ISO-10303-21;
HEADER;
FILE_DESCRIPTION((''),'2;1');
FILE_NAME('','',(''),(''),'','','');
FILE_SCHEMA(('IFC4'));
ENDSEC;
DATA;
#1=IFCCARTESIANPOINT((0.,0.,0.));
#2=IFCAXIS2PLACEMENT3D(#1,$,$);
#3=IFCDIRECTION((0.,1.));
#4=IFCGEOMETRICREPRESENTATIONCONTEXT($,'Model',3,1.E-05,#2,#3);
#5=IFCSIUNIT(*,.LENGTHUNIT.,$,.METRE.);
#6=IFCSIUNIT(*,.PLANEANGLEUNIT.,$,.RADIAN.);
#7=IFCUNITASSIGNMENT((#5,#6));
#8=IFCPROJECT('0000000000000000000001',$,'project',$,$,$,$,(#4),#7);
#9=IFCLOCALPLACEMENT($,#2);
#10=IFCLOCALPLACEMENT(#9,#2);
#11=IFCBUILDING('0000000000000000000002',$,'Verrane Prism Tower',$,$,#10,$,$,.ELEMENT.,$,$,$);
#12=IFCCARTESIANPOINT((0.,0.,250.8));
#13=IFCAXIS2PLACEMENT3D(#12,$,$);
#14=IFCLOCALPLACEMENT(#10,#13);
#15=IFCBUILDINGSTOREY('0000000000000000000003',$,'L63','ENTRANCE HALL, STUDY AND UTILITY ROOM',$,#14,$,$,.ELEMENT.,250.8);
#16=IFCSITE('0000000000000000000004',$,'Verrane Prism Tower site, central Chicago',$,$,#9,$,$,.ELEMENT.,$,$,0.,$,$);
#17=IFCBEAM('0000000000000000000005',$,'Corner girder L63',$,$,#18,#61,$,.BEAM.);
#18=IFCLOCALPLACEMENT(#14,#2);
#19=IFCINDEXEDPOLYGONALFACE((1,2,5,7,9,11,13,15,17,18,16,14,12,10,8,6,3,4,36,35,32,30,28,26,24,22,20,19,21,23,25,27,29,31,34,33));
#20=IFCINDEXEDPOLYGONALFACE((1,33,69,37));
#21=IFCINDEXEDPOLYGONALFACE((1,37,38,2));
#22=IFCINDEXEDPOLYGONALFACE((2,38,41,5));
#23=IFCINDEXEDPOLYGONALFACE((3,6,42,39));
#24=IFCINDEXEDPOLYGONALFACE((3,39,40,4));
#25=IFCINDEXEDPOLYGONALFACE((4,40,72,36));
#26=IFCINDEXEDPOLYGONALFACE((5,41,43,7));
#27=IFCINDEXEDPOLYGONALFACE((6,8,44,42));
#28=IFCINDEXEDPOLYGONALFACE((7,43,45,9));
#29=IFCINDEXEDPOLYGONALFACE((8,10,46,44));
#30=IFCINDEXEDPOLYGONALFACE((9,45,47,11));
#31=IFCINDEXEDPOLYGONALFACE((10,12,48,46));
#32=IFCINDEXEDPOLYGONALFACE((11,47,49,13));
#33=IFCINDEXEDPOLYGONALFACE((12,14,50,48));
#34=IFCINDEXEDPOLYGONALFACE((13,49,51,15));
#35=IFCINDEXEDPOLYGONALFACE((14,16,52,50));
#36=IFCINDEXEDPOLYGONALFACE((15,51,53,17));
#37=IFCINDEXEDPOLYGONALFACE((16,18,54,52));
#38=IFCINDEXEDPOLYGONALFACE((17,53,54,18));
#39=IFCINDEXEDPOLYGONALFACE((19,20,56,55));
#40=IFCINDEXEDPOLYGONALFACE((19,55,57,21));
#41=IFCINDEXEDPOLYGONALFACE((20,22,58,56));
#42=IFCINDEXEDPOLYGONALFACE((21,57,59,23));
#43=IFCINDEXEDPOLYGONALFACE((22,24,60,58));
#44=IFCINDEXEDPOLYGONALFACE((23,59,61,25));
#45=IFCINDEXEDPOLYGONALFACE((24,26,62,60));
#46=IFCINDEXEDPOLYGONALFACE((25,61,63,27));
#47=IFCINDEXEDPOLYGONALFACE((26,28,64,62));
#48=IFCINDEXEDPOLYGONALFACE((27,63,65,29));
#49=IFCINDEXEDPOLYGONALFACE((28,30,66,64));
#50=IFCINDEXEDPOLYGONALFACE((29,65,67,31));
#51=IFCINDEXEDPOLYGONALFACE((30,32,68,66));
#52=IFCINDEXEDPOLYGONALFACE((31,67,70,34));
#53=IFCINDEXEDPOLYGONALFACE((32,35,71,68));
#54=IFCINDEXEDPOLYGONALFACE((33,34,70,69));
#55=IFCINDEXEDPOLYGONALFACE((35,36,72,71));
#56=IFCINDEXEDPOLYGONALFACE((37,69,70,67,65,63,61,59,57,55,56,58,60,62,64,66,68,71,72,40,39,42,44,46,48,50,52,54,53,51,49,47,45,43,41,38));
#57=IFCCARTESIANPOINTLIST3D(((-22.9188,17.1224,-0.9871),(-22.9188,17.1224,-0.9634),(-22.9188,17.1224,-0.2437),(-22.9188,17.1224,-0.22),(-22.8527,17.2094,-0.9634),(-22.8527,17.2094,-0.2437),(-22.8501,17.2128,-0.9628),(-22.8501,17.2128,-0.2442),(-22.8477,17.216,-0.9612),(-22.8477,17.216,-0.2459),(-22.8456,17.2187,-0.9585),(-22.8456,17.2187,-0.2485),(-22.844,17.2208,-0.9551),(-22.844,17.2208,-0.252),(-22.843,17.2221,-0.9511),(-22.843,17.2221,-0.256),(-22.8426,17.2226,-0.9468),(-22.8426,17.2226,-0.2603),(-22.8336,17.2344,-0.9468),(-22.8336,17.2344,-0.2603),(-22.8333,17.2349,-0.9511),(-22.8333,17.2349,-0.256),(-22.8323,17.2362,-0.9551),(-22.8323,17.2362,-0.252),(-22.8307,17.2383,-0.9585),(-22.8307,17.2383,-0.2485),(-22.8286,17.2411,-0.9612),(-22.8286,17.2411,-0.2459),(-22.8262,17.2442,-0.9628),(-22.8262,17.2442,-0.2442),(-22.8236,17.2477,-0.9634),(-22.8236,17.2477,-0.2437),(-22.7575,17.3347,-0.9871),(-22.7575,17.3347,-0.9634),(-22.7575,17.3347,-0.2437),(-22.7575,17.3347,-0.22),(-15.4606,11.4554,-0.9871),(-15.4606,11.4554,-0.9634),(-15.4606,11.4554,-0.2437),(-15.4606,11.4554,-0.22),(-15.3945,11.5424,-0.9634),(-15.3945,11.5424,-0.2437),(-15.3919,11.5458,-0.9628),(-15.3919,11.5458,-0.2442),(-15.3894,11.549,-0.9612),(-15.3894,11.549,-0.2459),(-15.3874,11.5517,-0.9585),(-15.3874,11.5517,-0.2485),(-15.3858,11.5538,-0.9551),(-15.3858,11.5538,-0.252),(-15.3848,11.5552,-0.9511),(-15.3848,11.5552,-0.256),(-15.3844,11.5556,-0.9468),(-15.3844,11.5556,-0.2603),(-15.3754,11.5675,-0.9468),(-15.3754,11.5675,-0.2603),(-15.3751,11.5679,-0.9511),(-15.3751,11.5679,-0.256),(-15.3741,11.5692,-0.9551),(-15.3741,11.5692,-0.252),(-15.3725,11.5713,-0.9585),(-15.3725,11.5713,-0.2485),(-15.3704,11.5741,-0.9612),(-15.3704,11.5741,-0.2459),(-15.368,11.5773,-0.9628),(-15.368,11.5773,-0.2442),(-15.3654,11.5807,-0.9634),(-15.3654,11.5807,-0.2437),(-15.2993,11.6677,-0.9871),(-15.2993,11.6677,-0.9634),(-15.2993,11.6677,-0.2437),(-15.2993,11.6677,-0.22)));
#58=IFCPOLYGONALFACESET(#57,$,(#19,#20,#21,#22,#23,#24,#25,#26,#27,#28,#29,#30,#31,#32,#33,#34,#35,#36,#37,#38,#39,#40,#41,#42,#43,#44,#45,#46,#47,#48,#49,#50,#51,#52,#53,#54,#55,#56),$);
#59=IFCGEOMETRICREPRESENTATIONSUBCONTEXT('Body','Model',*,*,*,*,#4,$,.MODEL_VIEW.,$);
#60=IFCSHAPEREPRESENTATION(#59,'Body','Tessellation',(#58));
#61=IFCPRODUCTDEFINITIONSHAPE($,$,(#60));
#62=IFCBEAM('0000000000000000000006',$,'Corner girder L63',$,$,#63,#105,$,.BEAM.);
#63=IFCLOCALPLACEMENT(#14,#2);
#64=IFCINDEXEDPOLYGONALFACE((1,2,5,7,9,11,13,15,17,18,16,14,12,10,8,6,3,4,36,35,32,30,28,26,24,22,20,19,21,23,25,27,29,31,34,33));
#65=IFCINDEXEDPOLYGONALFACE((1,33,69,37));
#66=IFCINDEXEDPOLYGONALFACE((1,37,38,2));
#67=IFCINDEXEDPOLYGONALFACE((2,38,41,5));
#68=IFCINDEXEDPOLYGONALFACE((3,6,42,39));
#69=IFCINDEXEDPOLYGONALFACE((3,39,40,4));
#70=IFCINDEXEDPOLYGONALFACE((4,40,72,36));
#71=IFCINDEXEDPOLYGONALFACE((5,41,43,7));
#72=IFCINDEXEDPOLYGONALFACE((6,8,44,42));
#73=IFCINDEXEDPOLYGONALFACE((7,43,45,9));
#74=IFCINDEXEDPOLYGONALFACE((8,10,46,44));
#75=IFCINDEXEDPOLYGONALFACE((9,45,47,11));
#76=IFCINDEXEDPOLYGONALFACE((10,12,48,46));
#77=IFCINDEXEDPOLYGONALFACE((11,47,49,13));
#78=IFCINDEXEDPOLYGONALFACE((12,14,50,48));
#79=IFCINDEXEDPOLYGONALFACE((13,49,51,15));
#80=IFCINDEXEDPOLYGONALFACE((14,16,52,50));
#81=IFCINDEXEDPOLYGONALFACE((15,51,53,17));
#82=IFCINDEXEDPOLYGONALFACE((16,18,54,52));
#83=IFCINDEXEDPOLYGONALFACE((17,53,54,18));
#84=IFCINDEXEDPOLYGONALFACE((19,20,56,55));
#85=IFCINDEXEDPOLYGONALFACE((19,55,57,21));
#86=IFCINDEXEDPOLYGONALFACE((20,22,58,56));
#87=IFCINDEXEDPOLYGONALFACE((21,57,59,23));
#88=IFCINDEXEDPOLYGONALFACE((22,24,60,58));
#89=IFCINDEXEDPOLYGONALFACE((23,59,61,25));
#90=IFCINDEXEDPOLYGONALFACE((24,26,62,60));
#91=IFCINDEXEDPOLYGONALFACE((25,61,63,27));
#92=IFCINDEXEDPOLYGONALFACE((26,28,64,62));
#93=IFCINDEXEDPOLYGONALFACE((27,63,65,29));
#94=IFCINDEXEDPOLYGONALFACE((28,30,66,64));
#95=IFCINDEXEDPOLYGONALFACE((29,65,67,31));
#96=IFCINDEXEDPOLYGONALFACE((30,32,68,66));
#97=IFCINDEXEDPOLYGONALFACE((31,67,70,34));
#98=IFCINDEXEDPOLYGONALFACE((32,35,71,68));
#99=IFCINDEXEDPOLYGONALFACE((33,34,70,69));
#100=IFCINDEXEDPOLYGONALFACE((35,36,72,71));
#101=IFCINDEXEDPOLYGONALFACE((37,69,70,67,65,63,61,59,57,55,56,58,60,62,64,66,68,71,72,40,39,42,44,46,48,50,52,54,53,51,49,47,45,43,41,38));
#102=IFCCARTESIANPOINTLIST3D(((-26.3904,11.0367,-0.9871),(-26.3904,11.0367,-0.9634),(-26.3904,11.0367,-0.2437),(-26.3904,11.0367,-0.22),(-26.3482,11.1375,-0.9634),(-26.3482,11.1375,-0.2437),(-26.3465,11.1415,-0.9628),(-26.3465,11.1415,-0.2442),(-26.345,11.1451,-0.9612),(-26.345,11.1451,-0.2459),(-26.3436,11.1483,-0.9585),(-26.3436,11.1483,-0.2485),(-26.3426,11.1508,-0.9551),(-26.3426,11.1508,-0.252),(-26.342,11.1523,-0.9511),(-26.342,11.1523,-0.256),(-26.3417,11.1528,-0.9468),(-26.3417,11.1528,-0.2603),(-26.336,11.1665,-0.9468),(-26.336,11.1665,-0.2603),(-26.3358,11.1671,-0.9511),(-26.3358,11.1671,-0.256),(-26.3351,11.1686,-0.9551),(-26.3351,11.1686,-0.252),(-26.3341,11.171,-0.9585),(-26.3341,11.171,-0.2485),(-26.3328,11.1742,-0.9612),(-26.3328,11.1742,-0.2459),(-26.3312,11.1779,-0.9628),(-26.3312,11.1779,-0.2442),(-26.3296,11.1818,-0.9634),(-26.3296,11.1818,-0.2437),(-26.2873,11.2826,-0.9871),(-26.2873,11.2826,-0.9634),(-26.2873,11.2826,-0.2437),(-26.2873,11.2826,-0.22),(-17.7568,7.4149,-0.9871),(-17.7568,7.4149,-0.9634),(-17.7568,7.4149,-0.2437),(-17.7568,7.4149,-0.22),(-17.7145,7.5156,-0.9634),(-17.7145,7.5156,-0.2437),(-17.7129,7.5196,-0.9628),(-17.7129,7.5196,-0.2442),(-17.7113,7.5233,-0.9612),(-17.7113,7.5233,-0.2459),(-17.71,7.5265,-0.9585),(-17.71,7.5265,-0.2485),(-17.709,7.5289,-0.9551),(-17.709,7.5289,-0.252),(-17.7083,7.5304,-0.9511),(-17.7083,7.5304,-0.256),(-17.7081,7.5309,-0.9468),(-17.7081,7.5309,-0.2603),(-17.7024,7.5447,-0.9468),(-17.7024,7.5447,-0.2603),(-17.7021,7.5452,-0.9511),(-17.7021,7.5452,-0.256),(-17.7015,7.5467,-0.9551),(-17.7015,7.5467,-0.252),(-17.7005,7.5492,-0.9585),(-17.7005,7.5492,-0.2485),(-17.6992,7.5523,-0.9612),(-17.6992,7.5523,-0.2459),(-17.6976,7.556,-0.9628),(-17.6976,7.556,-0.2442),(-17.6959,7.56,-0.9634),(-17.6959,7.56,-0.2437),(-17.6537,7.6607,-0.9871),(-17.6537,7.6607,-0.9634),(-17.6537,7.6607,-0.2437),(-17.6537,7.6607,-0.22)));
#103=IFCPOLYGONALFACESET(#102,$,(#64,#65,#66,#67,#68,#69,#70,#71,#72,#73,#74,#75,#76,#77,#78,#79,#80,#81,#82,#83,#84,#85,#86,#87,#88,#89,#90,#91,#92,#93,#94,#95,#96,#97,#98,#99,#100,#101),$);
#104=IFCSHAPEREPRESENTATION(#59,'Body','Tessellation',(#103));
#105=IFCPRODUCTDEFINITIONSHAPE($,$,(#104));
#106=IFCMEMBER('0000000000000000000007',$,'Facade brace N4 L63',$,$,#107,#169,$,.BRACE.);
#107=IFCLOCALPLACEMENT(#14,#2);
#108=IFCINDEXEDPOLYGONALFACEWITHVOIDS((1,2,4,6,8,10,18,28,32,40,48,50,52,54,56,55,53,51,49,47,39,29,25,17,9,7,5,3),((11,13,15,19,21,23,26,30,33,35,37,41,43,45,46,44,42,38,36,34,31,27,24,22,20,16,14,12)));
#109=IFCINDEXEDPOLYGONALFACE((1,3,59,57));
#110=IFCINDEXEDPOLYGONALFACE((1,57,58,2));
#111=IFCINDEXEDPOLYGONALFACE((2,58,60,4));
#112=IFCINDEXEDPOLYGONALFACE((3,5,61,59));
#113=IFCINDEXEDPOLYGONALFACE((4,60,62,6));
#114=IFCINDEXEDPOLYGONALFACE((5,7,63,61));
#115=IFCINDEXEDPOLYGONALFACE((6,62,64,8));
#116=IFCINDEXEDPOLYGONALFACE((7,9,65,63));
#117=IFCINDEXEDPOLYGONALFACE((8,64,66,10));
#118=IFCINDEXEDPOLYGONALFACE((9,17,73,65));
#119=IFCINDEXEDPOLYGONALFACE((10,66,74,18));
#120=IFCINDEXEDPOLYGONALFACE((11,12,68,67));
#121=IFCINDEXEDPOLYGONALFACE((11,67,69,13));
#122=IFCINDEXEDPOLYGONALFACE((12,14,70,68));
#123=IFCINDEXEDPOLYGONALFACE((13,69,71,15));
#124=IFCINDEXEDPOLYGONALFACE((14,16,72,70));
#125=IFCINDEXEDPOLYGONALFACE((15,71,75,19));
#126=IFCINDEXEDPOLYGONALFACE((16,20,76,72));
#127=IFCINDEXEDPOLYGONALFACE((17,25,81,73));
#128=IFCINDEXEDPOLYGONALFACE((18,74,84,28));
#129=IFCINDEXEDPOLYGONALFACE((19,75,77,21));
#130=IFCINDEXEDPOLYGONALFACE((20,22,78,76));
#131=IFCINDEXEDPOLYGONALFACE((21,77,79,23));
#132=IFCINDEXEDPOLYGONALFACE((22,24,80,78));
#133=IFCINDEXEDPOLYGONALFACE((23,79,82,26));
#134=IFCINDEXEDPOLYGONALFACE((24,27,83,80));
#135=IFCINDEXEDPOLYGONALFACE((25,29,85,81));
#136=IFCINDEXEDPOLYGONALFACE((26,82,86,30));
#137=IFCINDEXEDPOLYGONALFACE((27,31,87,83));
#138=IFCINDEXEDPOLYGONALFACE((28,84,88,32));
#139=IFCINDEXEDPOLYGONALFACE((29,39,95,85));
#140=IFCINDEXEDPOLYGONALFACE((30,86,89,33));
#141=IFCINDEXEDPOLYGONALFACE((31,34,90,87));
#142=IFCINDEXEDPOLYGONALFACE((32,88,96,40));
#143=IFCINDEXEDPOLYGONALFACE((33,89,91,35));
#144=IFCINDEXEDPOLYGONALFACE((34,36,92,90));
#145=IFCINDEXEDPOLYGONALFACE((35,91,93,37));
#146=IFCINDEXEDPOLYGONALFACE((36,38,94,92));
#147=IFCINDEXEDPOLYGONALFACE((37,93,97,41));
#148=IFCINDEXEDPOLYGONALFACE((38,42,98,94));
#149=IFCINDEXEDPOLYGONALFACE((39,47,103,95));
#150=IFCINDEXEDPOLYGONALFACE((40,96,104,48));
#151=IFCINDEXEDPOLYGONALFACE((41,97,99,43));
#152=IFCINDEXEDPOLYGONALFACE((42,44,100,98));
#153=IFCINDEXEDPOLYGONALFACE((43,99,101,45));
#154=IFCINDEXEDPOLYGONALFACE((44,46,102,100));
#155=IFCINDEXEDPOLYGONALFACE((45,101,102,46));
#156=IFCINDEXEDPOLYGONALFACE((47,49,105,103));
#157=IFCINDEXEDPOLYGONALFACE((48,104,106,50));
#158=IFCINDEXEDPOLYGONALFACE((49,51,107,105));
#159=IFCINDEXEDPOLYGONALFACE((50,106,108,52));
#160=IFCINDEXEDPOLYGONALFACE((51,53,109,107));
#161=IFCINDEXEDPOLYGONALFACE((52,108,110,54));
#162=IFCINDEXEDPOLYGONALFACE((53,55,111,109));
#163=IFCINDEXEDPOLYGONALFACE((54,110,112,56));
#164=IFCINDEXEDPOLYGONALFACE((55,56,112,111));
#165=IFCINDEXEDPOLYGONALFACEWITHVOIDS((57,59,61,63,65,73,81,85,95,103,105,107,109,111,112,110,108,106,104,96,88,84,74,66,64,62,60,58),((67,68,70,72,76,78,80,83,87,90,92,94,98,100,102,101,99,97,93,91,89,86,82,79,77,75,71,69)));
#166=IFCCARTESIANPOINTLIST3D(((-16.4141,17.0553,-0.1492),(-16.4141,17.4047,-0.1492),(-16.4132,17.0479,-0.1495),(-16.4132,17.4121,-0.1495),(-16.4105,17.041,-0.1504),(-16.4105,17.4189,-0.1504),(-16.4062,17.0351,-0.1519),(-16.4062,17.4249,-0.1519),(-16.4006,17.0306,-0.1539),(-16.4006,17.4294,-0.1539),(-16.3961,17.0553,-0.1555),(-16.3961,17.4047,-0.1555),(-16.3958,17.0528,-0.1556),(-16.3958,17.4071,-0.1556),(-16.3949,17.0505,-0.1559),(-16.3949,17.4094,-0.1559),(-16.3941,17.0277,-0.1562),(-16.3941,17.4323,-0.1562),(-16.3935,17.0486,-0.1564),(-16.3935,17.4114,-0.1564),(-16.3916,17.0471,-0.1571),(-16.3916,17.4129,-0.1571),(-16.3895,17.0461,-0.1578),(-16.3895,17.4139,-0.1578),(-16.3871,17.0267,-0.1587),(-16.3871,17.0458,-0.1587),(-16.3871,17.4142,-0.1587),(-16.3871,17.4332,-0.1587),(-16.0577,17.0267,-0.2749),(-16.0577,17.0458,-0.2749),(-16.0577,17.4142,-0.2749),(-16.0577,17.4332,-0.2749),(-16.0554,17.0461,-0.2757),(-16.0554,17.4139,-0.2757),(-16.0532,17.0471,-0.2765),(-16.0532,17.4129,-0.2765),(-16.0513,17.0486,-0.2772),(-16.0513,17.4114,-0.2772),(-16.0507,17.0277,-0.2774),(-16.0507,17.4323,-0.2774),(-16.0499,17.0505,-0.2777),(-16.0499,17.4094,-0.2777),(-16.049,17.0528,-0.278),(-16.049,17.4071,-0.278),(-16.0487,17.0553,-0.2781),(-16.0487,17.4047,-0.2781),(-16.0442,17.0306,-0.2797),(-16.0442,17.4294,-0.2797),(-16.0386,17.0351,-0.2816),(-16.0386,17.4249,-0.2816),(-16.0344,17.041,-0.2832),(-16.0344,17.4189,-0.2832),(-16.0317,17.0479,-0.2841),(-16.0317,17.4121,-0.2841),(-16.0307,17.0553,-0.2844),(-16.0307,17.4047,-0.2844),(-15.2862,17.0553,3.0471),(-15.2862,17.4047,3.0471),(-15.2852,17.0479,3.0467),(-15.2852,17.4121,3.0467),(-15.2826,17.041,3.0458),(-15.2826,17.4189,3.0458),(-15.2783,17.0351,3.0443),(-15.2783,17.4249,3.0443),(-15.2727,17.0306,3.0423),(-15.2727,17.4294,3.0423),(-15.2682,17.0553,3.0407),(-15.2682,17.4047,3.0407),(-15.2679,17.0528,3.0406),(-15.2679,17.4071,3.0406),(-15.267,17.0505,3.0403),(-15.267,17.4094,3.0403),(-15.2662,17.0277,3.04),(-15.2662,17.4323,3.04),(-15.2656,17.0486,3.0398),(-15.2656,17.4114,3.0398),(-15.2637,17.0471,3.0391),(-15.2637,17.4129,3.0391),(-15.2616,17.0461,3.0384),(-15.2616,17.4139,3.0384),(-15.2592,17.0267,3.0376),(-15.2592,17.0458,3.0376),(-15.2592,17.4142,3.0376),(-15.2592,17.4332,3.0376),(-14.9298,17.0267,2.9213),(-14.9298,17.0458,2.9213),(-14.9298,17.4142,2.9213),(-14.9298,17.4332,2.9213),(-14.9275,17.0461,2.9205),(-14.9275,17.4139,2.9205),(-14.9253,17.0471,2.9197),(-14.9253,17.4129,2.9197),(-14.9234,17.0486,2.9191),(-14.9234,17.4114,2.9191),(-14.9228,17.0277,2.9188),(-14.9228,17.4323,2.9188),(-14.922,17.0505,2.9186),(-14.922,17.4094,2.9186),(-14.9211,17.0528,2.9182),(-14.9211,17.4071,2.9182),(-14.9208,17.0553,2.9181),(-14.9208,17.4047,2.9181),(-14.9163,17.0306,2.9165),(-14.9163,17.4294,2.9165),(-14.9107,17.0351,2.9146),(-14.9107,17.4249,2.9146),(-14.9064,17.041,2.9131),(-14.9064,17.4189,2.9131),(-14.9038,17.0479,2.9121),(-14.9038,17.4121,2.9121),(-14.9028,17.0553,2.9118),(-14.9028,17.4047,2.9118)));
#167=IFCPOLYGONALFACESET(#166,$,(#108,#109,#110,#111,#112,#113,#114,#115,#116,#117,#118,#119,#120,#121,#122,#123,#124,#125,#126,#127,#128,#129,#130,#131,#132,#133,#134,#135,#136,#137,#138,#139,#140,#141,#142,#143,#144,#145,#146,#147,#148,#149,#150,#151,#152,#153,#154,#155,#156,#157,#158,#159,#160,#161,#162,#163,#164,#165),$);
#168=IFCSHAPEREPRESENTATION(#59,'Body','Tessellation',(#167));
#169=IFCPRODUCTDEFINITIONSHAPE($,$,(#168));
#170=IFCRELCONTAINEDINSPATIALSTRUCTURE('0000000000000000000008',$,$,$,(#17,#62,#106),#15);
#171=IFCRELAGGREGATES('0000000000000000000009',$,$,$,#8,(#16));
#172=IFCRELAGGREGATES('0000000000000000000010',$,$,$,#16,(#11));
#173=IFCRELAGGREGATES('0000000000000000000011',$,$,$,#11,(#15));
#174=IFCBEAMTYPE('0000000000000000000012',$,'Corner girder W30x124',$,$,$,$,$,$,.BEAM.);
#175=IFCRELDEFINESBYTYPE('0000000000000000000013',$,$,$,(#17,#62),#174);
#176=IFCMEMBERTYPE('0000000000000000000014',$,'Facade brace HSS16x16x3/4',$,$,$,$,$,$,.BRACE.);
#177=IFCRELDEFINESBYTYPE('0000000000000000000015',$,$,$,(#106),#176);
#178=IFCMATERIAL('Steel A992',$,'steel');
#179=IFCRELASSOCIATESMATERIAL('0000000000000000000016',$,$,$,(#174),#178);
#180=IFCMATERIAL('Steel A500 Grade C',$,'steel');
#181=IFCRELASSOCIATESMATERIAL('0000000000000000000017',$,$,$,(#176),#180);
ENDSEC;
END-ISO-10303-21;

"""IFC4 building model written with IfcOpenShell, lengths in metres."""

from ifc_helpers import new_model, si_unit, direction, frame, origin, origin_2d, place, context, subcontext, project, spatial, hollow_rectangle, i_section, extrude, material, material_profile, profile_set, type_object, element, save


model = new_model("IFC4")

# Units and contexts
model_context = context("Model", 3, precision=1e-05, world=origin(), true_north=direction((0.0, 1.0)))
body_context = subcontext(model_context, "Body", "Model", "MODEL_VIEW")
ifc_project = project(units=[si_unit("LENGTHUNIT", "METRE"), si_unit("PLANEANGLEUNIT", "RADIAN")], contexts=[model_context])

# Site, building, storey
site_placement = place(None, origin())
site = spatial("IfcSite", under=ifc_project, at=site_placement, Name="Verrane Prism Tower site, central Chicago", CompositionType="ELEMENT", RefElevation=0.0)
building_placement = place(site_placement, origin())
building = spatial("IfcBuilding", under=site, at=building_placement, Name="Verrane Prism Tower", CompositionType="ELEMENT")
storey_placement = place(building_placement, frame((0.0, 0.0, 250.8)))
storey = spatial("IfcBuildingStorey", under=building, at=storey_placement, Name="L63", Description="ENTRANCE HALL, STUDY AND UTILITY ROOM", CompositionType="ELEMENT", Elevation=250.8)

# Beams
ifc_material_1 = material(Name="Steel A992", Category="steel")
ifc_material_profile_1 = material_profile(ifc_material_1, i_section(OverallWidth=0.2666, OverallDepth=0.7671, WebThickness=0.0149, FlangeThickness=0.0237, FilletRadius=0.0166, at=origin_2d()), Name="W30x124")
ifc_profile_set_1 = profile_set([ifc_material_profile_1], Name="Steel A992")
beam_type_1 = type_object("IfcBeamType", Name="Corner girder W30x124", PredefinedType="BEAM", material=ifc_profile_set_1)
beam_1_placement = place(storey_placement, frame((-22.8381, 17.2285, -0.6035), z_axis=(0.796228, -0.604997, 0.0), x_axis=(0.604997, 0.796228, 0.0)))
element("IfcBeam", 1, at=beam_1_placement, inside=storey, type_object=beam_type_1, Name="Corner girder L63", PredefinedType="BEAM", context=body_context, shape_type="SweptSolid", body=[
    extrude(i_section(OverallWidth=0.2666, OverallDepth=0.7671, WebThickness=0.0149, FlangeThickness=0.0237, FilletRadius=0.0166, at=origin_2d()), origin(), (0.0, 0.0, 1.0), 9.3669),
])
beam_2_placement = place(storey_placement, frame((-26.3389, 11.1597, -0.6035), z_axis=(0.922145, -0.386845, 0.0), x_axis=(0.386845, 0.922145, 0.0)))
element("IfcBeam", 2, at=beam_2_placement, inside=storey, type_object=beam_type_1, Name="Corner girder L63", PredefinedType="BEAM", context=body_context, shape_type="SweptSolid", body=[
    extrude(i_section(OverallWidth=0.2666, OverallDepth=0.7671, WebThickness=0.0149, FlangeThickness=0.0237, FilletRadius=0.0166, at=origin_2d()), origin(), (0.0, 0.0, 1.0), 9.3625),
])

# Member
ifc_material_2 = material(Name="Steel A500 Grade C", Category="steel")
ifc_material_profile_2 = material_profile(ifc_material_2, hollow_rectangle(XDim=0.4065, YDim=0.4065, WallThickness=0.019, InnerFilletRadius=0.0095, OuterFilletRadius=0.0286, at=origin_2d()), Name="HSS16x16x3/4")
ifc_profile_set_2 = profile_set([ifc_material_profile_2], Name="Steel A500 Grade C")
member_type_1 = type_object("IfcMemberType", Name="Facade brace HSS16x16x3/4", PredefinedType="BRACE", material=ifc_profile_set_2)
member_1_placement = place(storey_placement, frame((-16.2224, 17.23, -0.2168), z_axis=(0.332775, 0.0, 0.943006), x_axis=(0.0, 1.0, 0.0)))
element("IfcMember", 3, at=member_1_placement, inside=storey, type_object=member_type_1, Name="Facade brace N4 L63", PredefinedType="BRACE", context=body_context, shape_type="SweptSolid", body=[
    extrude(hollow_rectangle(XDim=0.4065, YDim=0.4065, WallThickness=0.019, InnerFilletRadius=0.0095, OuterFilletRadius=0.0286, at=origin_2d()), origin(), (0.0, 0.0, 1.0), 3.3894),
])

save(model, "model.ifc")
